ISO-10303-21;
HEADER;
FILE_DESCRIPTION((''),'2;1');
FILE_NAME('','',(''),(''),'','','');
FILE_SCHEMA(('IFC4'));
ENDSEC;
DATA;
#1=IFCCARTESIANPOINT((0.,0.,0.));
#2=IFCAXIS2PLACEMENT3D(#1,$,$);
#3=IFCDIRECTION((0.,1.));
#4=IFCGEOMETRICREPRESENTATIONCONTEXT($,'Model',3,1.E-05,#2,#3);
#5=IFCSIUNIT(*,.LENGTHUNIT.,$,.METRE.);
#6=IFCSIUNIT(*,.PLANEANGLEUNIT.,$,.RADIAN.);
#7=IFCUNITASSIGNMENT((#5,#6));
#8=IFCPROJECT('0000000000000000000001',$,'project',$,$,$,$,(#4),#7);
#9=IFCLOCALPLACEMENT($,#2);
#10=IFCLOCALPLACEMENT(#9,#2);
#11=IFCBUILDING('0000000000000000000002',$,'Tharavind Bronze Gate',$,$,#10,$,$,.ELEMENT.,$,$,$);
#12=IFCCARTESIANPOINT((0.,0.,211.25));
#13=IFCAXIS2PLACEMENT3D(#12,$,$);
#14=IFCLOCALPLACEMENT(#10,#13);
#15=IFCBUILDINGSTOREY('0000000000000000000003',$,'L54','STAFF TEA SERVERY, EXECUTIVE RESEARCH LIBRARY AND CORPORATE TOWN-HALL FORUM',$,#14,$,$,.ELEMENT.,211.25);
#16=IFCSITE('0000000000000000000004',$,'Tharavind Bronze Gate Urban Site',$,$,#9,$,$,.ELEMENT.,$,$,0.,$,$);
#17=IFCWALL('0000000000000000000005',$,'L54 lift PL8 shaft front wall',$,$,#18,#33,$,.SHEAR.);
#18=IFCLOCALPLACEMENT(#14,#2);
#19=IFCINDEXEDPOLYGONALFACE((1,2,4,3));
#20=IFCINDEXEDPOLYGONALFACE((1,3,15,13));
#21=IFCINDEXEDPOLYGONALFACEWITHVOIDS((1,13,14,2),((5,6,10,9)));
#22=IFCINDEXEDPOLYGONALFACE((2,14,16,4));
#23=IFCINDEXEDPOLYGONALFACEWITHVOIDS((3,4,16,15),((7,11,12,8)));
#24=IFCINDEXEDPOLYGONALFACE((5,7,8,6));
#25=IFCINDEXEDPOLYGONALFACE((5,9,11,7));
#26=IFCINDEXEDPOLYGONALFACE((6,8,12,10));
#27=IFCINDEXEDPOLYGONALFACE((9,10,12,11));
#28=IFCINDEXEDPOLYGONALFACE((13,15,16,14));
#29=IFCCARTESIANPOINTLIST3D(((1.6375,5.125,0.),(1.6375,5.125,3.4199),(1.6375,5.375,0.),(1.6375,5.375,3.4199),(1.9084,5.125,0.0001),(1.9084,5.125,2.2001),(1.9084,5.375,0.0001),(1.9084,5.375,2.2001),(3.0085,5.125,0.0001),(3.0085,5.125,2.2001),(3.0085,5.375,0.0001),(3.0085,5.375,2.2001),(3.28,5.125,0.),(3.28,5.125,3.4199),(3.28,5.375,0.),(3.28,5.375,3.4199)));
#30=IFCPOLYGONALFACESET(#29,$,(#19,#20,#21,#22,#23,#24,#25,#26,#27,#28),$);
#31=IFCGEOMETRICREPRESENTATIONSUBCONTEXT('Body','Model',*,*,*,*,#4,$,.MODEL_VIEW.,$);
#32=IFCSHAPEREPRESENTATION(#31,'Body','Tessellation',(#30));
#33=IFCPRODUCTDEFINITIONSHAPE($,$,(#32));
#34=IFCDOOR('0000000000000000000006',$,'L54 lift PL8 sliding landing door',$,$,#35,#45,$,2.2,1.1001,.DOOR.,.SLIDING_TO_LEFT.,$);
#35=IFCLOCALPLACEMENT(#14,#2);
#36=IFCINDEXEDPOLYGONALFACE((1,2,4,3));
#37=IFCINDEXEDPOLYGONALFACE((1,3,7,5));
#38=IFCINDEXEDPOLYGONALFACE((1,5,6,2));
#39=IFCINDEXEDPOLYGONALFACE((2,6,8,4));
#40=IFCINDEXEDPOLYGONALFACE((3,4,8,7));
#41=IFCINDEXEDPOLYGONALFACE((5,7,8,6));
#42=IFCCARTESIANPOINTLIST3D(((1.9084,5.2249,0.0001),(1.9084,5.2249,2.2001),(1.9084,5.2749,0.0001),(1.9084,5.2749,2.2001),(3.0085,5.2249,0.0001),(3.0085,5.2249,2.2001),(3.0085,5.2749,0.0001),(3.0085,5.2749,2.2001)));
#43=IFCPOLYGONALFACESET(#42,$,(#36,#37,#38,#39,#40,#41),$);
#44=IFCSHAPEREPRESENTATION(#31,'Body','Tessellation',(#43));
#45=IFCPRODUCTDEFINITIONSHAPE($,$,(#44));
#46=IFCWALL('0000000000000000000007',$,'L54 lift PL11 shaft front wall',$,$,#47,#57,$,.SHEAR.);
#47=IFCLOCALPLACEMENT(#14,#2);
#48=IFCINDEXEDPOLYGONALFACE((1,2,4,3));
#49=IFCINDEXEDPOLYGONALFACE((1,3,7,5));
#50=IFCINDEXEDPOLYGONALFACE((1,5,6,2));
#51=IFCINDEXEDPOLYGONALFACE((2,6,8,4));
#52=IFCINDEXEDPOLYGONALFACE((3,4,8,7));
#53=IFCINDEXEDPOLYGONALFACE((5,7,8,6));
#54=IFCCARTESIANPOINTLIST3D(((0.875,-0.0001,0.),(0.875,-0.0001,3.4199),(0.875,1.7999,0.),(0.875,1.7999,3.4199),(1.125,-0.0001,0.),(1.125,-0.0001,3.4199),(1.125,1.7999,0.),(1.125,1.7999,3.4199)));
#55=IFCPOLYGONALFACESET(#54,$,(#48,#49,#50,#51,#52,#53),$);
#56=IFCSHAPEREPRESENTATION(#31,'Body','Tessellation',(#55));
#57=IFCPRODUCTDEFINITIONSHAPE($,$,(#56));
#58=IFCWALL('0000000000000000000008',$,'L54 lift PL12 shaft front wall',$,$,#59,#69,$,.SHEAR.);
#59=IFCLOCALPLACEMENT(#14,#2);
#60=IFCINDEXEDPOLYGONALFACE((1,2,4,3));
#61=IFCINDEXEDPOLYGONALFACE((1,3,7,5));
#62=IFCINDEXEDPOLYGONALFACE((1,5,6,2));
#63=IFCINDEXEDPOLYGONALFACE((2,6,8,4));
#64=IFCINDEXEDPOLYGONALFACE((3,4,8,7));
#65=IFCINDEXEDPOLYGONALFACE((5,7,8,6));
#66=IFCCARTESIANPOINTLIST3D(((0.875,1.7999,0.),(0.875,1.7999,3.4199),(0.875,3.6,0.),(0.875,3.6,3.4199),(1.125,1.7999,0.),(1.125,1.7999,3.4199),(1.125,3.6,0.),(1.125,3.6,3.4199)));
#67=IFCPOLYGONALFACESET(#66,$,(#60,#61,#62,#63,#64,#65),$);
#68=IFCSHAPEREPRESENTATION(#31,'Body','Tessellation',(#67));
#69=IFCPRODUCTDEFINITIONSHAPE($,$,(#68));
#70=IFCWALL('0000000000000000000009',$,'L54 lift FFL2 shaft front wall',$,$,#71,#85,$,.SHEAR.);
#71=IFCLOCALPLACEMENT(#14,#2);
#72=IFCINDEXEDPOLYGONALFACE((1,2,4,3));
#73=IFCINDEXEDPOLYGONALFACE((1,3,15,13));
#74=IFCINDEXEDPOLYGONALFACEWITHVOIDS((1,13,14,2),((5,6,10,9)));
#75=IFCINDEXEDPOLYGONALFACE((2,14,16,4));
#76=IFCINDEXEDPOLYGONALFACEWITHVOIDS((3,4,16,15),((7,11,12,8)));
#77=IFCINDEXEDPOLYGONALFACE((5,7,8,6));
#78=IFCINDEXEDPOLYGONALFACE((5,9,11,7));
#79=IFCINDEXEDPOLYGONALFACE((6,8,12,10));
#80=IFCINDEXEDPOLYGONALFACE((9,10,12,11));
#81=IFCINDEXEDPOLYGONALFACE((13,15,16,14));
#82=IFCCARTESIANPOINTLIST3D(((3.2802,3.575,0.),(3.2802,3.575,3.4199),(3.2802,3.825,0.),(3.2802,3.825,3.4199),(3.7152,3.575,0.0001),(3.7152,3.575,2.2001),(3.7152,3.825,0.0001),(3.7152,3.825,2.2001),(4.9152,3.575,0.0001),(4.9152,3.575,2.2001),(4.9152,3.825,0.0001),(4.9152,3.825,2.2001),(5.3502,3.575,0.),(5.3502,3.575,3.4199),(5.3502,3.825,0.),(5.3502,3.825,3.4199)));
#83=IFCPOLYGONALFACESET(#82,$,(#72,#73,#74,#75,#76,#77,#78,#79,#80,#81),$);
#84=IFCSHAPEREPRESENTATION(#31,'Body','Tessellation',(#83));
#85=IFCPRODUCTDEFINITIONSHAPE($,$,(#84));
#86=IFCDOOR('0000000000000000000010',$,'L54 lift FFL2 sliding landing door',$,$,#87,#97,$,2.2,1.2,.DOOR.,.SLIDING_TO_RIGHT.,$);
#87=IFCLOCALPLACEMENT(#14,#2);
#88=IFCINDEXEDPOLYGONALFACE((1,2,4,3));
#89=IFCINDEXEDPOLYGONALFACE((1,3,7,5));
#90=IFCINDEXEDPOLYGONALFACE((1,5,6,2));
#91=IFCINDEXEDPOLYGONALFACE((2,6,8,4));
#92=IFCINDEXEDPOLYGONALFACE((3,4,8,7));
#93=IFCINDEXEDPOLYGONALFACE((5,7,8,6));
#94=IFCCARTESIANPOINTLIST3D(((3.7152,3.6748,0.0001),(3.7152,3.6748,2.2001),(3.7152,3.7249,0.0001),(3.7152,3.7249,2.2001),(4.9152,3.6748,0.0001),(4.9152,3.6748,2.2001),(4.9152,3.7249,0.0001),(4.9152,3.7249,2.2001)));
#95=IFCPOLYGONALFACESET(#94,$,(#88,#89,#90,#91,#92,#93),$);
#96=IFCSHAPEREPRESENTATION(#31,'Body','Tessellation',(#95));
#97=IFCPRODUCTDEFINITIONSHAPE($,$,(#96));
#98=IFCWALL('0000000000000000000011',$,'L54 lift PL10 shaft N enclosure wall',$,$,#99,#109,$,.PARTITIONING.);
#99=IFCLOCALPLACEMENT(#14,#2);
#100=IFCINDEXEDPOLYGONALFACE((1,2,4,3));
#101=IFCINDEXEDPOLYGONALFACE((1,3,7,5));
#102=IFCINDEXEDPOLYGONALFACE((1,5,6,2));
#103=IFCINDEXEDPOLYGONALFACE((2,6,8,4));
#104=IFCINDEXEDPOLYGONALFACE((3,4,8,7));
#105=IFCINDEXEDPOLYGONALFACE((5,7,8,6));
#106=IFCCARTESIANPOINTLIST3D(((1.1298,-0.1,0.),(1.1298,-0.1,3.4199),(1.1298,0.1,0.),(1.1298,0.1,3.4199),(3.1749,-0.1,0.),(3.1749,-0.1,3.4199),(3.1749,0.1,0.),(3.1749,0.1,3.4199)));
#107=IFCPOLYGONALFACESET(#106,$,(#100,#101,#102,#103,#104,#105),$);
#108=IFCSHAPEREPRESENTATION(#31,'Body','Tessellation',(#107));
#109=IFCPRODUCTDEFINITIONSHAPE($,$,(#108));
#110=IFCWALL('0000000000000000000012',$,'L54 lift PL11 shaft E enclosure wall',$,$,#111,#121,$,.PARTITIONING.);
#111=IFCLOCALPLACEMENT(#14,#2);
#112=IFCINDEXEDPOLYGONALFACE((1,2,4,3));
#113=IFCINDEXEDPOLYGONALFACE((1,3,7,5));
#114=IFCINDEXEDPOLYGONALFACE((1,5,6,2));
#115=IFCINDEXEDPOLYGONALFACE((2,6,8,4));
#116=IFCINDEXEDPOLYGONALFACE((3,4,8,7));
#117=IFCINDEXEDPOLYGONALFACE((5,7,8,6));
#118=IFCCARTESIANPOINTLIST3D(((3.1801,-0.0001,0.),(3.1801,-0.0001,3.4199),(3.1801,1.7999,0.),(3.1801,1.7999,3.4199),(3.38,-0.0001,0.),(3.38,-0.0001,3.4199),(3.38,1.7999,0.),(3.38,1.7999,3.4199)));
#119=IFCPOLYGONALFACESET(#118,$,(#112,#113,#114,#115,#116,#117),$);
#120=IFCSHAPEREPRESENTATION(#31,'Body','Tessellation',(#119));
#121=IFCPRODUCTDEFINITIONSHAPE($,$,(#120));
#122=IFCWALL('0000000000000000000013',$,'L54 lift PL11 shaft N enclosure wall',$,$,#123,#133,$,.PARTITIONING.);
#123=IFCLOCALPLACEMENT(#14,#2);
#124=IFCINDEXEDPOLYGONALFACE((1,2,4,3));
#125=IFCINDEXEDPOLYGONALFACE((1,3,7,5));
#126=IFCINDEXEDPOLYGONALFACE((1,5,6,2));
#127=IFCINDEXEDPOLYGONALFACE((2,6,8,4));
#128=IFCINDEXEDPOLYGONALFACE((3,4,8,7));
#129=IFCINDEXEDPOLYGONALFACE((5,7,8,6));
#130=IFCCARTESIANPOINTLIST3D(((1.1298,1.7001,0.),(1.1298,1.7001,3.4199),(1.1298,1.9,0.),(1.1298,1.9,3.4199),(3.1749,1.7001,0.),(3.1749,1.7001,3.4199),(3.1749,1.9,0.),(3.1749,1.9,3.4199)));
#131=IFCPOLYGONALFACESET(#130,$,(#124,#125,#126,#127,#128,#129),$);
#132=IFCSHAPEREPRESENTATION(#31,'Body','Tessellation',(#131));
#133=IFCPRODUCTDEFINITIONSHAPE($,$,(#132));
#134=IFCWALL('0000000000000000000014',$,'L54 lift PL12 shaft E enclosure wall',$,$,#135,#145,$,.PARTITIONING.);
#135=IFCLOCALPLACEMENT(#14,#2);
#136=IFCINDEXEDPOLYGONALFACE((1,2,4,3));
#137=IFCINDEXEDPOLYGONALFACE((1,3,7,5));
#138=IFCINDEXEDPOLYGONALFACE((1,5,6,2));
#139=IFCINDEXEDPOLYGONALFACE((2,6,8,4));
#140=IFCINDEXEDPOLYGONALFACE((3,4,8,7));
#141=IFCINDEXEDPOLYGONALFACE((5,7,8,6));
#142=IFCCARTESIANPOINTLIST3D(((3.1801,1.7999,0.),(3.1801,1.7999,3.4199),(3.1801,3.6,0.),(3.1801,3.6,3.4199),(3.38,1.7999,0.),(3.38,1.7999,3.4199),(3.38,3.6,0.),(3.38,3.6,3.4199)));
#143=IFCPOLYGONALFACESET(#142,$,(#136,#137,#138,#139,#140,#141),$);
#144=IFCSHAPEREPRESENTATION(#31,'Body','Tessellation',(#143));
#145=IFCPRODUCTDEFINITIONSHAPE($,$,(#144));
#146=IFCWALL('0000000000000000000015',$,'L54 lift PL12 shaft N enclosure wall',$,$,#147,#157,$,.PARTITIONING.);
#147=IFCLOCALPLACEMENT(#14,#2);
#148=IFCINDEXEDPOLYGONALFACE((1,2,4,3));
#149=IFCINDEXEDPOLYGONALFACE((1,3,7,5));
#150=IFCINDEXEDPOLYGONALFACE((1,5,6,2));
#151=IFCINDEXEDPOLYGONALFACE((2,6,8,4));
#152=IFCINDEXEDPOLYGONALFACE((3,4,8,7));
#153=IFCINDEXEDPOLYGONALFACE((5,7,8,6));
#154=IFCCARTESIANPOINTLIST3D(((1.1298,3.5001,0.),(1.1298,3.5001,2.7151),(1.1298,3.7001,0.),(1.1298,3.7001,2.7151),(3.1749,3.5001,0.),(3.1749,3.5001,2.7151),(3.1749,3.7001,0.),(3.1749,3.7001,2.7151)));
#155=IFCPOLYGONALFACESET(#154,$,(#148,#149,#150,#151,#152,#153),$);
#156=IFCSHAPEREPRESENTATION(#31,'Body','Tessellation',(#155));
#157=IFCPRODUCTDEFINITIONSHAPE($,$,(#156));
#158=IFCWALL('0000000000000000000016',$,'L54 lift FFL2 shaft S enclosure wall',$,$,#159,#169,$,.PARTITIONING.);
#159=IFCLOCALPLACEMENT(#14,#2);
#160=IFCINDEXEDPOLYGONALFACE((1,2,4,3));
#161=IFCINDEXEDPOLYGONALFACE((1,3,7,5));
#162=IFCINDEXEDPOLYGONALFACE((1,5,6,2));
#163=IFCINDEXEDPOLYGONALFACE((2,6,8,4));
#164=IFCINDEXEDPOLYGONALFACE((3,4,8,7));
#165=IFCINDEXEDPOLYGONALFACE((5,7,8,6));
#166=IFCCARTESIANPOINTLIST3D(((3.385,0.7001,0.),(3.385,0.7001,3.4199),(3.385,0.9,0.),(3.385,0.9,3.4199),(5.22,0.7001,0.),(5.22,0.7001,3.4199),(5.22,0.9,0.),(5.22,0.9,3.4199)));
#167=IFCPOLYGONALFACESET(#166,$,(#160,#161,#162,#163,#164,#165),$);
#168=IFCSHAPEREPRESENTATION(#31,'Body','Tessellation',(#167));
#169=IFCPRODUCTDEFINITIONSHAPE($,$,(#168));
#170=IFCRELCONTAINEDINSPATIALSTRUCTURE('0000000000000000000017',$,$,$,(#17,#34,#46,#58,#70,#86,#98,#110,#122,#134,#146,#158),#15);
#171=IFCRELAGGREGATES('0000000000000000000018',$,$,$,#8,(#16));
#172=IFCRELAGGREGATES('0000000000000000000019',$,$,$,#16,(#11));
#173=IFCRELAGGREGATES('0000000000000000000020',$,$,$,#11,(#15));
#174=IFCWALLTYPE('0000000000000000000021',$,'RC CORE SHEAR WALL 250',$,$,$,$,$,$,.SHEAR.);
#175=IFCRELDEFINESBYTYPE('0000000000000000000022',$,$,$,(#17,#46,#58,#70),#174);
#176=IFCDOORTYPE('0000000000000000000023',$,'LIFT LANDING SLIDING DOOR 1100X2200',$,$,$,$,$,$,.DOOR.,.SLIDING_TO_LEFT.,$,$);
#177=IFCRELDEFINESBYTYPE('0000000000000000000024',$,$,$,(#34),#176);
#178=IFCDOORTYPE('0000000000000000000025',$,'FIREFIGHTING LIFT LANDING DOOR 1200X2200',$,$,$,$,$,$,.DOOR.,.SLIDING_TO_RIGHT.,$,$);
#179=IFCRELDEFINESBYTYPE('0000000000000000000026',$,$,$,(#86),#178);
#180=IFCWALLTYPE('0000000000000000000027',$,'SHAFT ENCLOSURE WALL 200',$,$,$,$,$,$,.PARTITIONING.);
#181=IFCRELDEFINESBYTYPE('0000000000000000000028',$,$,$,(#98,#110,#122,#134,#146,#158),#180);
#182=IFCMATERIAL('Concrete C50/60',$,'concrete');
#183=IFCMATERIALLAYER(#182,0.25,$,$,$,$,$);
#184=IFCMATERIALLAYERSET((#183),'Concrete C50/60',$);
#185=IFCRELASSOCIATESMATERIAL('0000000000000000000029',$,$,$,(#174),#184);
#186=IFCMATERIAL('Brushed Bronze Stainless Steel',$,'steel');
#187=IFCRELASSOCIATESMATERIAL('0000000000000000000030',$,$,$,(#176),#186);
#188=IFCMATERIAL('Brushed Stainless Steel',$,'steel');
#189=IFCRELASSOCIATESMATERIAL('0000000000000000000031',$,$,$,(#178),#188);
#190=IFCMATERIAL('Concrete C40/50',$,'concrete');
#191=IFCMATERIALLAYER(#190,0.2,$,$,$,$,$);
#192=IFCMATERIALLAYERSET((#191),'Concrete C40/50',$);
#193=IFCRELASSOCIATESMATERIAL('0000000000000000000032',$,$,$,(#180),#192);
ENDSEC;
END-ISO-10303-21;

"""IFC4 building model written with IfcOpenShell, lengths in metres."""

from ifc_helpers import new_model, si_unit, direction, frame, frame_2d, origin, place, context, subcontext, project, spatial, rectangle, extrude, material, layer, layer_set, type_object, element, fill, save


model = new_model("IFC4")

# Units and contexts
model_context = context("Model", 3, precision=1e-05, world=origin(), true_north=direction((0.0, 1.0)))
body_context = subcontext(model_context, "Body", "Model", "MODEL_VIEW")
ifc_project = project(units=[si_unit("LENGTHUNIT", "METRE"), si_unit("PLANEANGLEUNIT", "RADIAN")], contexts=[model_context])

# Site, building, storey
site_placement = place(None, origin())
site = spatial("IfcSite", under=ifc_project, at=site_placement, Name="Tharavind Bronze Gate Urban Site", CompositionType="ELEMENT", RefElevation=0.0)
building_placement = place(site_placement, origin())
building = spatial("IfcBuilding", under=site, at=building_placement, Name="Tharavind Bronze Gate", CompositionType="ELEMENT")
storey_placement = place(building_placement, frame((0.0, 0.0, 211.25)))
storey = spatial("IfcBuildingStorey", under=building, at=storey_placement, Name="L54", Description="STAFF TEA SERVERY, EXECUTIVE RESEARCH LIBRARY AND CORPORATE TOWN-HALL FORUM", CompositionType="ELEMENT", Elevation=211.25)

# Wall, opening, door
ifc_material_1 = material(Name="Concrete C50/60", Category="concrete")
ifc_layer_1 = layer(ifc_material_1, 0.25)
ifc_layer_set_1 = layer_set([ifc_layer_1], Name="Concrete C50/60")
wall_type_1 = type_object("IfcWallType", Name="RC CORE SHEAR WALL 250", PredefinedType="SHEAR", material=ifc_layer_set_1)
wall_1_placement = place(storey_placement, frame((1.6375, 5.25, 0.0), z_axis=(0.0, 0.0, 1.0), x_axis=(1.0, 0.0, 0.0)))
wall_1 = element("IfcWall", 1, at=wall_1_placement, inside=storey, type_object=wall_type_1, Name="L54 lift PL8 shaft front wall", PredefinedType="SHEAR", context=body_context, shape_type="SweptSolid", body=[
    extrude(rectangle(XDim=1.6426, YDim=0.25, at=frame_2d((0.8213, 0.0))), origin(), (0.0, 0.0, 1.0), 3.4199),
])
opening_1_placement = place(wall_1_placement, frame((0.271, 0.0, 0.0)))
opening_1 = element("IfcOpeningElement", 2, at=opening_1_placement, cuts=wall_1, PredefinedType="OPENING", context=body_context, shape_type="SweptSolid", body=[
    extrude(rectangle(XDim=1.1001, YDim=2.2, at=frame_2d((0.55, 1.1001))), frame((0.0, 0.135, 0.0), z_axis=(0.0, -1.0, 0.0), x_axis=(1.0, 0.0, 0.0)), (0.0, 0.0, 1.0), 0.27),
])
ifc_material_2 = material(Name="Brushed Bronze Stainless Steel", Category="steel")
door_type_1 = type_object("IfcDoorType", Name="LIFT LANDING SLIDING DOOR 1100X2200", OperationType="SLIDING_TO_LEFT", PredefinedType="DOOR", material=ifc_material_2)
door_1_placement = place(opening_1_placement, origin())
door_1 = element("IfcDoor", 3, at=door_1_placement, inside=storey, type_object=door_type_1, Name="L54 lift PL8 sliding landing door", OperationType="SLIDING_TO_LEFT", OverallHeight=2.2, OverallWidth=1.1001, PredefinedType="DOOR", context=body_context, shape_type="SweptSolid", body=[
    extrude(rectangle(XDim=1.1001, YDim=2.2, at=frame_2d((0.55, 1.1001))), frame((0.0, 0.0249, 0.0), z_axis=(0.0, -1.0, 0.0), x_axis=(1.0, 0.0, 0.0)), (0.0, 0.0, 1.0), 0.05),
])
fill(opening_1, door_1)

# Walls
for number, where, z_axis, x_axis, name in (
    (4, (1.0, 0.0, 0.0), (0.0, 0.0, 1.0), (0.0, 1.0, 0.0), "L54 lift PL11 shaft front wall"),
    (5, (1.0, 1.8, 0.0), (0.0, 0.0, 1.0), (0.0, 1.0, 0.0), "L54 lift PL12 shaft front wall"),
):
    element("IfcWall", number, at=place(storey_placement, frame(where, z_axis=z_axis, x_axis=x_axis)), inside=storey, type_object=wall_type_1, Name=name, PredefinedType="SHEAR", context=body_context, shape_type="SweptSolid", body=[
        extrude(rectangle(XDim=1.8, YDim=0.25, at=frame_2d((0.8999, 0.0))), origin(), (0.0, 0.0, 1.0), 3.4199),
    ])

# Wall, opening, door
wall_2_placement = place(storey_placement, frame((3.28, 3.7, 0.0), z_axis=(0.0, 0.0, 1.0), x_axis=(1.0, 0.0, 0.0)))
wall_2 = element("IfcWall", 6, at=wall_2_placement, inside=storey, type_object=wall_type_1, Name="L54 lift FFL2 shaft front wall", PredefinedType="SHEAR", context=body_context, shape_type="SweptSolid", body=[
    extrude(rectangle(XDim=2.0701, YDim=0.25, at=frame_2d((1.0352, 0.0))), origin(), (0.0, 0.0, 1.0), 3.4199),
])
opening_2_placement = place(wall_2_placement, frame((0.4351, 0.0, 0.0)))
opening_2 = element("IfcOpeningElement", 7, at=opening_2_placement, cuts=wall_2, PredefinedType="OPENING", context=body_context, shape_type="SweptSolid", body=[
    extrude(rectangle(XDim=1.2, YDim=2.2, at=frame_2d((0.6001, 1.1001))), frame((0.0, 0.135, 0.0), z_axis=(0.0, -1.0, 0.0), x_axis=(1.0, 0.0, 0.0)), (0.0, 0.0, 1.0), 0.27),
])
ifc_material_3 = material(Name="Brushed Stainless Steel", Category="steel")
door_type_2 = type_object("IfcDoorType", Name="FIREFIGHTING LIFT LANDING DOOR 1200X2200", OperationType="SLIDING_TO_RIGHT", PredefinedType="DOOR", material=ifc_material_3)
door_2_placement = place(opening_2_placement, origin())
door_2 = element("IfcDoor", 8, at=door_2_placement, inside=storey, type_object=door_type_2, Name="L54 lift FFL2 sliding landing door", OperationType="SLIDING_TO_RIGHT", OverallHeight=2.2, OverallWidth=1.2, PredefinedType="DOOR", context=body_context, shape_type="SweptSolid", body=[
    extrude(rectangle(XDim=1.2, YDim=2.2, at=frame_2d((0.6001, 1.1001))), frame((0.0, 0.0249, 0.0), z_axis=(0.0, -1.0, 0.0), x_axis=(1.0, 0.0, 0.0)), (0.0, 0.0, 1.0), 0.05),
])
fill(opening_2, door_2)

# Walls
ifc_material_4 = material(Name="Concrete C40/50", Category="concrete")
ifc_layer_2 = layer(ifc_material_4, 0.2)
ifc_layer_set_2 = layer_set([ifc_layer_2], Name="Concrete C40/50")
wall_type_2 = type_object("IfcWallType", Name="SHAFT ENCLOSURE WALL 200", PredefinedType="PARTITIONING", material=ifc_layer_set_2)
wall_3_placement = place(storey_placement, frame((1.1299, 0.0, 0.0), z_axis=(0.0, 0.0, 1.0), x_axis=(1.0, 0.0, 0.0)))
element("IfcWall", 9, at=wall_3_placement, inside=storey, type_object=wall_type_2, Name="L54 lift PL10 shaft N enclosure wall", PredefinedType="PARTITIONING", context=body_context, shape_type="SweptSolid", body=[
    extrude(rectangle(XDim=2.0452, YDim=0.2, at=frame_2d((1.0225, 0.0))), origin(), (0.0, 0.0, 1.0), 3.4199),
])
wall_4_placement = place(storey_placement, frame((3.28, 0.0, 0.0), z_axis=(0.0, 0.0, 1.0), x_axis=(0.0, 1.0, 0.0)))
element("IfcWall", 10, at=wall_4_placement, inside=storey, type_object=wall_type_2, Name="L54 lift PL11 shaft E enclosure wall", PredefinedType="PARTITIONING", context=body_context, shape_type="SweptSolid", body=[
    extrude(rectangle(XDim=1.8, YDim=0.2, at=frame_2d((0.8999, 0.0))), origin(), (0.0, 0.0, 1.0), 3.4199),
])
wall_5_placement = place(storey_placement, frame((1.1299, 1.8, 0.0), z_axis=(0.0, 0.0, 1.0), x_axis=(1.0, 0.0, 0.0)))
element("IfcWall", 11, at=wall_5_placement, inside=storey, type_object=wall_type_2, Name="L54 lift PL11 shaft N enclosure wall", PredefinedType="PARTITIONING", context=body_context, shape_type="SweptSolid", body=[
    extrude(rectangle(XDim=2.0452, YDim=0.2, at=frame_2d((1.0225, 0.0))), origin(), (0.0, 0.0, 1.0), 3.4199),
])
wall_6_placement = place(storey_placement, frame((3.28, 1.8, 0.0), z_axis=(0.0, 0.0, 1.0), x_axis=(0.0, 1.0, 0.0)))
element("IfcWall", 12, at=wall_6_placement, inside=storey, type_object=wall_type_2, Name="L54 lift PL12 shaft E enclosure wall", PredefinedType="PARTITIONING", context=body_context, shape_type="SweptSolid", body=[
    extrude(rectangle(XDim=1.8, YDim=0.2, at=frame_2d((0.8999, 0.0))), origin(), (0.0, 0.0, 1.0), 3.4199),
])
wall_7_placement = place(storey_placement, frame((1.1299, 3.6001, 0.0), z_axis=(0.0, 0.0, 1.0), x_axis=(1.0, 0.0, 0.0)))
element("IfcWall", 13, at=wall_7_placement, inside=storey, type_object=wall_type_2, Name="L54 lift PL12 shaft N enclosure wall", PredefinedType="PARTITIONING", context=body_context, shape_type="SweptSolid", body=[
    extrude(rectangle(XDim=2.0452, YDim=0.2, at=frame_2d((1.0225, 0.0))), origin(), (0.0, 0.0, 1.0), 2.7151),
])
wall_8_placement = place(storey_placement, frame((3.385, 0.8, 0.0), z_axis=(0.0, 0.0, 1.0), x_axis=(1.0, 0.0, 0.0)))
element("IfcWall", 14, at=wall_8_placement, inside=storey, type_object=wall_type_2, Name="L54 lift FFL2 shaft S enclosure wall", PredefinedType="PARTITIONING", context=body_context, shape_type="SweptSolid", body=[
    extrude(rectangle(XDim=1.835, YDim=0.2, at=frame_2d((0.9175, 0.0))), origin(), (0.0, 0.0, 1.0), 3.4199),
])

save(model, "model.ifc")
